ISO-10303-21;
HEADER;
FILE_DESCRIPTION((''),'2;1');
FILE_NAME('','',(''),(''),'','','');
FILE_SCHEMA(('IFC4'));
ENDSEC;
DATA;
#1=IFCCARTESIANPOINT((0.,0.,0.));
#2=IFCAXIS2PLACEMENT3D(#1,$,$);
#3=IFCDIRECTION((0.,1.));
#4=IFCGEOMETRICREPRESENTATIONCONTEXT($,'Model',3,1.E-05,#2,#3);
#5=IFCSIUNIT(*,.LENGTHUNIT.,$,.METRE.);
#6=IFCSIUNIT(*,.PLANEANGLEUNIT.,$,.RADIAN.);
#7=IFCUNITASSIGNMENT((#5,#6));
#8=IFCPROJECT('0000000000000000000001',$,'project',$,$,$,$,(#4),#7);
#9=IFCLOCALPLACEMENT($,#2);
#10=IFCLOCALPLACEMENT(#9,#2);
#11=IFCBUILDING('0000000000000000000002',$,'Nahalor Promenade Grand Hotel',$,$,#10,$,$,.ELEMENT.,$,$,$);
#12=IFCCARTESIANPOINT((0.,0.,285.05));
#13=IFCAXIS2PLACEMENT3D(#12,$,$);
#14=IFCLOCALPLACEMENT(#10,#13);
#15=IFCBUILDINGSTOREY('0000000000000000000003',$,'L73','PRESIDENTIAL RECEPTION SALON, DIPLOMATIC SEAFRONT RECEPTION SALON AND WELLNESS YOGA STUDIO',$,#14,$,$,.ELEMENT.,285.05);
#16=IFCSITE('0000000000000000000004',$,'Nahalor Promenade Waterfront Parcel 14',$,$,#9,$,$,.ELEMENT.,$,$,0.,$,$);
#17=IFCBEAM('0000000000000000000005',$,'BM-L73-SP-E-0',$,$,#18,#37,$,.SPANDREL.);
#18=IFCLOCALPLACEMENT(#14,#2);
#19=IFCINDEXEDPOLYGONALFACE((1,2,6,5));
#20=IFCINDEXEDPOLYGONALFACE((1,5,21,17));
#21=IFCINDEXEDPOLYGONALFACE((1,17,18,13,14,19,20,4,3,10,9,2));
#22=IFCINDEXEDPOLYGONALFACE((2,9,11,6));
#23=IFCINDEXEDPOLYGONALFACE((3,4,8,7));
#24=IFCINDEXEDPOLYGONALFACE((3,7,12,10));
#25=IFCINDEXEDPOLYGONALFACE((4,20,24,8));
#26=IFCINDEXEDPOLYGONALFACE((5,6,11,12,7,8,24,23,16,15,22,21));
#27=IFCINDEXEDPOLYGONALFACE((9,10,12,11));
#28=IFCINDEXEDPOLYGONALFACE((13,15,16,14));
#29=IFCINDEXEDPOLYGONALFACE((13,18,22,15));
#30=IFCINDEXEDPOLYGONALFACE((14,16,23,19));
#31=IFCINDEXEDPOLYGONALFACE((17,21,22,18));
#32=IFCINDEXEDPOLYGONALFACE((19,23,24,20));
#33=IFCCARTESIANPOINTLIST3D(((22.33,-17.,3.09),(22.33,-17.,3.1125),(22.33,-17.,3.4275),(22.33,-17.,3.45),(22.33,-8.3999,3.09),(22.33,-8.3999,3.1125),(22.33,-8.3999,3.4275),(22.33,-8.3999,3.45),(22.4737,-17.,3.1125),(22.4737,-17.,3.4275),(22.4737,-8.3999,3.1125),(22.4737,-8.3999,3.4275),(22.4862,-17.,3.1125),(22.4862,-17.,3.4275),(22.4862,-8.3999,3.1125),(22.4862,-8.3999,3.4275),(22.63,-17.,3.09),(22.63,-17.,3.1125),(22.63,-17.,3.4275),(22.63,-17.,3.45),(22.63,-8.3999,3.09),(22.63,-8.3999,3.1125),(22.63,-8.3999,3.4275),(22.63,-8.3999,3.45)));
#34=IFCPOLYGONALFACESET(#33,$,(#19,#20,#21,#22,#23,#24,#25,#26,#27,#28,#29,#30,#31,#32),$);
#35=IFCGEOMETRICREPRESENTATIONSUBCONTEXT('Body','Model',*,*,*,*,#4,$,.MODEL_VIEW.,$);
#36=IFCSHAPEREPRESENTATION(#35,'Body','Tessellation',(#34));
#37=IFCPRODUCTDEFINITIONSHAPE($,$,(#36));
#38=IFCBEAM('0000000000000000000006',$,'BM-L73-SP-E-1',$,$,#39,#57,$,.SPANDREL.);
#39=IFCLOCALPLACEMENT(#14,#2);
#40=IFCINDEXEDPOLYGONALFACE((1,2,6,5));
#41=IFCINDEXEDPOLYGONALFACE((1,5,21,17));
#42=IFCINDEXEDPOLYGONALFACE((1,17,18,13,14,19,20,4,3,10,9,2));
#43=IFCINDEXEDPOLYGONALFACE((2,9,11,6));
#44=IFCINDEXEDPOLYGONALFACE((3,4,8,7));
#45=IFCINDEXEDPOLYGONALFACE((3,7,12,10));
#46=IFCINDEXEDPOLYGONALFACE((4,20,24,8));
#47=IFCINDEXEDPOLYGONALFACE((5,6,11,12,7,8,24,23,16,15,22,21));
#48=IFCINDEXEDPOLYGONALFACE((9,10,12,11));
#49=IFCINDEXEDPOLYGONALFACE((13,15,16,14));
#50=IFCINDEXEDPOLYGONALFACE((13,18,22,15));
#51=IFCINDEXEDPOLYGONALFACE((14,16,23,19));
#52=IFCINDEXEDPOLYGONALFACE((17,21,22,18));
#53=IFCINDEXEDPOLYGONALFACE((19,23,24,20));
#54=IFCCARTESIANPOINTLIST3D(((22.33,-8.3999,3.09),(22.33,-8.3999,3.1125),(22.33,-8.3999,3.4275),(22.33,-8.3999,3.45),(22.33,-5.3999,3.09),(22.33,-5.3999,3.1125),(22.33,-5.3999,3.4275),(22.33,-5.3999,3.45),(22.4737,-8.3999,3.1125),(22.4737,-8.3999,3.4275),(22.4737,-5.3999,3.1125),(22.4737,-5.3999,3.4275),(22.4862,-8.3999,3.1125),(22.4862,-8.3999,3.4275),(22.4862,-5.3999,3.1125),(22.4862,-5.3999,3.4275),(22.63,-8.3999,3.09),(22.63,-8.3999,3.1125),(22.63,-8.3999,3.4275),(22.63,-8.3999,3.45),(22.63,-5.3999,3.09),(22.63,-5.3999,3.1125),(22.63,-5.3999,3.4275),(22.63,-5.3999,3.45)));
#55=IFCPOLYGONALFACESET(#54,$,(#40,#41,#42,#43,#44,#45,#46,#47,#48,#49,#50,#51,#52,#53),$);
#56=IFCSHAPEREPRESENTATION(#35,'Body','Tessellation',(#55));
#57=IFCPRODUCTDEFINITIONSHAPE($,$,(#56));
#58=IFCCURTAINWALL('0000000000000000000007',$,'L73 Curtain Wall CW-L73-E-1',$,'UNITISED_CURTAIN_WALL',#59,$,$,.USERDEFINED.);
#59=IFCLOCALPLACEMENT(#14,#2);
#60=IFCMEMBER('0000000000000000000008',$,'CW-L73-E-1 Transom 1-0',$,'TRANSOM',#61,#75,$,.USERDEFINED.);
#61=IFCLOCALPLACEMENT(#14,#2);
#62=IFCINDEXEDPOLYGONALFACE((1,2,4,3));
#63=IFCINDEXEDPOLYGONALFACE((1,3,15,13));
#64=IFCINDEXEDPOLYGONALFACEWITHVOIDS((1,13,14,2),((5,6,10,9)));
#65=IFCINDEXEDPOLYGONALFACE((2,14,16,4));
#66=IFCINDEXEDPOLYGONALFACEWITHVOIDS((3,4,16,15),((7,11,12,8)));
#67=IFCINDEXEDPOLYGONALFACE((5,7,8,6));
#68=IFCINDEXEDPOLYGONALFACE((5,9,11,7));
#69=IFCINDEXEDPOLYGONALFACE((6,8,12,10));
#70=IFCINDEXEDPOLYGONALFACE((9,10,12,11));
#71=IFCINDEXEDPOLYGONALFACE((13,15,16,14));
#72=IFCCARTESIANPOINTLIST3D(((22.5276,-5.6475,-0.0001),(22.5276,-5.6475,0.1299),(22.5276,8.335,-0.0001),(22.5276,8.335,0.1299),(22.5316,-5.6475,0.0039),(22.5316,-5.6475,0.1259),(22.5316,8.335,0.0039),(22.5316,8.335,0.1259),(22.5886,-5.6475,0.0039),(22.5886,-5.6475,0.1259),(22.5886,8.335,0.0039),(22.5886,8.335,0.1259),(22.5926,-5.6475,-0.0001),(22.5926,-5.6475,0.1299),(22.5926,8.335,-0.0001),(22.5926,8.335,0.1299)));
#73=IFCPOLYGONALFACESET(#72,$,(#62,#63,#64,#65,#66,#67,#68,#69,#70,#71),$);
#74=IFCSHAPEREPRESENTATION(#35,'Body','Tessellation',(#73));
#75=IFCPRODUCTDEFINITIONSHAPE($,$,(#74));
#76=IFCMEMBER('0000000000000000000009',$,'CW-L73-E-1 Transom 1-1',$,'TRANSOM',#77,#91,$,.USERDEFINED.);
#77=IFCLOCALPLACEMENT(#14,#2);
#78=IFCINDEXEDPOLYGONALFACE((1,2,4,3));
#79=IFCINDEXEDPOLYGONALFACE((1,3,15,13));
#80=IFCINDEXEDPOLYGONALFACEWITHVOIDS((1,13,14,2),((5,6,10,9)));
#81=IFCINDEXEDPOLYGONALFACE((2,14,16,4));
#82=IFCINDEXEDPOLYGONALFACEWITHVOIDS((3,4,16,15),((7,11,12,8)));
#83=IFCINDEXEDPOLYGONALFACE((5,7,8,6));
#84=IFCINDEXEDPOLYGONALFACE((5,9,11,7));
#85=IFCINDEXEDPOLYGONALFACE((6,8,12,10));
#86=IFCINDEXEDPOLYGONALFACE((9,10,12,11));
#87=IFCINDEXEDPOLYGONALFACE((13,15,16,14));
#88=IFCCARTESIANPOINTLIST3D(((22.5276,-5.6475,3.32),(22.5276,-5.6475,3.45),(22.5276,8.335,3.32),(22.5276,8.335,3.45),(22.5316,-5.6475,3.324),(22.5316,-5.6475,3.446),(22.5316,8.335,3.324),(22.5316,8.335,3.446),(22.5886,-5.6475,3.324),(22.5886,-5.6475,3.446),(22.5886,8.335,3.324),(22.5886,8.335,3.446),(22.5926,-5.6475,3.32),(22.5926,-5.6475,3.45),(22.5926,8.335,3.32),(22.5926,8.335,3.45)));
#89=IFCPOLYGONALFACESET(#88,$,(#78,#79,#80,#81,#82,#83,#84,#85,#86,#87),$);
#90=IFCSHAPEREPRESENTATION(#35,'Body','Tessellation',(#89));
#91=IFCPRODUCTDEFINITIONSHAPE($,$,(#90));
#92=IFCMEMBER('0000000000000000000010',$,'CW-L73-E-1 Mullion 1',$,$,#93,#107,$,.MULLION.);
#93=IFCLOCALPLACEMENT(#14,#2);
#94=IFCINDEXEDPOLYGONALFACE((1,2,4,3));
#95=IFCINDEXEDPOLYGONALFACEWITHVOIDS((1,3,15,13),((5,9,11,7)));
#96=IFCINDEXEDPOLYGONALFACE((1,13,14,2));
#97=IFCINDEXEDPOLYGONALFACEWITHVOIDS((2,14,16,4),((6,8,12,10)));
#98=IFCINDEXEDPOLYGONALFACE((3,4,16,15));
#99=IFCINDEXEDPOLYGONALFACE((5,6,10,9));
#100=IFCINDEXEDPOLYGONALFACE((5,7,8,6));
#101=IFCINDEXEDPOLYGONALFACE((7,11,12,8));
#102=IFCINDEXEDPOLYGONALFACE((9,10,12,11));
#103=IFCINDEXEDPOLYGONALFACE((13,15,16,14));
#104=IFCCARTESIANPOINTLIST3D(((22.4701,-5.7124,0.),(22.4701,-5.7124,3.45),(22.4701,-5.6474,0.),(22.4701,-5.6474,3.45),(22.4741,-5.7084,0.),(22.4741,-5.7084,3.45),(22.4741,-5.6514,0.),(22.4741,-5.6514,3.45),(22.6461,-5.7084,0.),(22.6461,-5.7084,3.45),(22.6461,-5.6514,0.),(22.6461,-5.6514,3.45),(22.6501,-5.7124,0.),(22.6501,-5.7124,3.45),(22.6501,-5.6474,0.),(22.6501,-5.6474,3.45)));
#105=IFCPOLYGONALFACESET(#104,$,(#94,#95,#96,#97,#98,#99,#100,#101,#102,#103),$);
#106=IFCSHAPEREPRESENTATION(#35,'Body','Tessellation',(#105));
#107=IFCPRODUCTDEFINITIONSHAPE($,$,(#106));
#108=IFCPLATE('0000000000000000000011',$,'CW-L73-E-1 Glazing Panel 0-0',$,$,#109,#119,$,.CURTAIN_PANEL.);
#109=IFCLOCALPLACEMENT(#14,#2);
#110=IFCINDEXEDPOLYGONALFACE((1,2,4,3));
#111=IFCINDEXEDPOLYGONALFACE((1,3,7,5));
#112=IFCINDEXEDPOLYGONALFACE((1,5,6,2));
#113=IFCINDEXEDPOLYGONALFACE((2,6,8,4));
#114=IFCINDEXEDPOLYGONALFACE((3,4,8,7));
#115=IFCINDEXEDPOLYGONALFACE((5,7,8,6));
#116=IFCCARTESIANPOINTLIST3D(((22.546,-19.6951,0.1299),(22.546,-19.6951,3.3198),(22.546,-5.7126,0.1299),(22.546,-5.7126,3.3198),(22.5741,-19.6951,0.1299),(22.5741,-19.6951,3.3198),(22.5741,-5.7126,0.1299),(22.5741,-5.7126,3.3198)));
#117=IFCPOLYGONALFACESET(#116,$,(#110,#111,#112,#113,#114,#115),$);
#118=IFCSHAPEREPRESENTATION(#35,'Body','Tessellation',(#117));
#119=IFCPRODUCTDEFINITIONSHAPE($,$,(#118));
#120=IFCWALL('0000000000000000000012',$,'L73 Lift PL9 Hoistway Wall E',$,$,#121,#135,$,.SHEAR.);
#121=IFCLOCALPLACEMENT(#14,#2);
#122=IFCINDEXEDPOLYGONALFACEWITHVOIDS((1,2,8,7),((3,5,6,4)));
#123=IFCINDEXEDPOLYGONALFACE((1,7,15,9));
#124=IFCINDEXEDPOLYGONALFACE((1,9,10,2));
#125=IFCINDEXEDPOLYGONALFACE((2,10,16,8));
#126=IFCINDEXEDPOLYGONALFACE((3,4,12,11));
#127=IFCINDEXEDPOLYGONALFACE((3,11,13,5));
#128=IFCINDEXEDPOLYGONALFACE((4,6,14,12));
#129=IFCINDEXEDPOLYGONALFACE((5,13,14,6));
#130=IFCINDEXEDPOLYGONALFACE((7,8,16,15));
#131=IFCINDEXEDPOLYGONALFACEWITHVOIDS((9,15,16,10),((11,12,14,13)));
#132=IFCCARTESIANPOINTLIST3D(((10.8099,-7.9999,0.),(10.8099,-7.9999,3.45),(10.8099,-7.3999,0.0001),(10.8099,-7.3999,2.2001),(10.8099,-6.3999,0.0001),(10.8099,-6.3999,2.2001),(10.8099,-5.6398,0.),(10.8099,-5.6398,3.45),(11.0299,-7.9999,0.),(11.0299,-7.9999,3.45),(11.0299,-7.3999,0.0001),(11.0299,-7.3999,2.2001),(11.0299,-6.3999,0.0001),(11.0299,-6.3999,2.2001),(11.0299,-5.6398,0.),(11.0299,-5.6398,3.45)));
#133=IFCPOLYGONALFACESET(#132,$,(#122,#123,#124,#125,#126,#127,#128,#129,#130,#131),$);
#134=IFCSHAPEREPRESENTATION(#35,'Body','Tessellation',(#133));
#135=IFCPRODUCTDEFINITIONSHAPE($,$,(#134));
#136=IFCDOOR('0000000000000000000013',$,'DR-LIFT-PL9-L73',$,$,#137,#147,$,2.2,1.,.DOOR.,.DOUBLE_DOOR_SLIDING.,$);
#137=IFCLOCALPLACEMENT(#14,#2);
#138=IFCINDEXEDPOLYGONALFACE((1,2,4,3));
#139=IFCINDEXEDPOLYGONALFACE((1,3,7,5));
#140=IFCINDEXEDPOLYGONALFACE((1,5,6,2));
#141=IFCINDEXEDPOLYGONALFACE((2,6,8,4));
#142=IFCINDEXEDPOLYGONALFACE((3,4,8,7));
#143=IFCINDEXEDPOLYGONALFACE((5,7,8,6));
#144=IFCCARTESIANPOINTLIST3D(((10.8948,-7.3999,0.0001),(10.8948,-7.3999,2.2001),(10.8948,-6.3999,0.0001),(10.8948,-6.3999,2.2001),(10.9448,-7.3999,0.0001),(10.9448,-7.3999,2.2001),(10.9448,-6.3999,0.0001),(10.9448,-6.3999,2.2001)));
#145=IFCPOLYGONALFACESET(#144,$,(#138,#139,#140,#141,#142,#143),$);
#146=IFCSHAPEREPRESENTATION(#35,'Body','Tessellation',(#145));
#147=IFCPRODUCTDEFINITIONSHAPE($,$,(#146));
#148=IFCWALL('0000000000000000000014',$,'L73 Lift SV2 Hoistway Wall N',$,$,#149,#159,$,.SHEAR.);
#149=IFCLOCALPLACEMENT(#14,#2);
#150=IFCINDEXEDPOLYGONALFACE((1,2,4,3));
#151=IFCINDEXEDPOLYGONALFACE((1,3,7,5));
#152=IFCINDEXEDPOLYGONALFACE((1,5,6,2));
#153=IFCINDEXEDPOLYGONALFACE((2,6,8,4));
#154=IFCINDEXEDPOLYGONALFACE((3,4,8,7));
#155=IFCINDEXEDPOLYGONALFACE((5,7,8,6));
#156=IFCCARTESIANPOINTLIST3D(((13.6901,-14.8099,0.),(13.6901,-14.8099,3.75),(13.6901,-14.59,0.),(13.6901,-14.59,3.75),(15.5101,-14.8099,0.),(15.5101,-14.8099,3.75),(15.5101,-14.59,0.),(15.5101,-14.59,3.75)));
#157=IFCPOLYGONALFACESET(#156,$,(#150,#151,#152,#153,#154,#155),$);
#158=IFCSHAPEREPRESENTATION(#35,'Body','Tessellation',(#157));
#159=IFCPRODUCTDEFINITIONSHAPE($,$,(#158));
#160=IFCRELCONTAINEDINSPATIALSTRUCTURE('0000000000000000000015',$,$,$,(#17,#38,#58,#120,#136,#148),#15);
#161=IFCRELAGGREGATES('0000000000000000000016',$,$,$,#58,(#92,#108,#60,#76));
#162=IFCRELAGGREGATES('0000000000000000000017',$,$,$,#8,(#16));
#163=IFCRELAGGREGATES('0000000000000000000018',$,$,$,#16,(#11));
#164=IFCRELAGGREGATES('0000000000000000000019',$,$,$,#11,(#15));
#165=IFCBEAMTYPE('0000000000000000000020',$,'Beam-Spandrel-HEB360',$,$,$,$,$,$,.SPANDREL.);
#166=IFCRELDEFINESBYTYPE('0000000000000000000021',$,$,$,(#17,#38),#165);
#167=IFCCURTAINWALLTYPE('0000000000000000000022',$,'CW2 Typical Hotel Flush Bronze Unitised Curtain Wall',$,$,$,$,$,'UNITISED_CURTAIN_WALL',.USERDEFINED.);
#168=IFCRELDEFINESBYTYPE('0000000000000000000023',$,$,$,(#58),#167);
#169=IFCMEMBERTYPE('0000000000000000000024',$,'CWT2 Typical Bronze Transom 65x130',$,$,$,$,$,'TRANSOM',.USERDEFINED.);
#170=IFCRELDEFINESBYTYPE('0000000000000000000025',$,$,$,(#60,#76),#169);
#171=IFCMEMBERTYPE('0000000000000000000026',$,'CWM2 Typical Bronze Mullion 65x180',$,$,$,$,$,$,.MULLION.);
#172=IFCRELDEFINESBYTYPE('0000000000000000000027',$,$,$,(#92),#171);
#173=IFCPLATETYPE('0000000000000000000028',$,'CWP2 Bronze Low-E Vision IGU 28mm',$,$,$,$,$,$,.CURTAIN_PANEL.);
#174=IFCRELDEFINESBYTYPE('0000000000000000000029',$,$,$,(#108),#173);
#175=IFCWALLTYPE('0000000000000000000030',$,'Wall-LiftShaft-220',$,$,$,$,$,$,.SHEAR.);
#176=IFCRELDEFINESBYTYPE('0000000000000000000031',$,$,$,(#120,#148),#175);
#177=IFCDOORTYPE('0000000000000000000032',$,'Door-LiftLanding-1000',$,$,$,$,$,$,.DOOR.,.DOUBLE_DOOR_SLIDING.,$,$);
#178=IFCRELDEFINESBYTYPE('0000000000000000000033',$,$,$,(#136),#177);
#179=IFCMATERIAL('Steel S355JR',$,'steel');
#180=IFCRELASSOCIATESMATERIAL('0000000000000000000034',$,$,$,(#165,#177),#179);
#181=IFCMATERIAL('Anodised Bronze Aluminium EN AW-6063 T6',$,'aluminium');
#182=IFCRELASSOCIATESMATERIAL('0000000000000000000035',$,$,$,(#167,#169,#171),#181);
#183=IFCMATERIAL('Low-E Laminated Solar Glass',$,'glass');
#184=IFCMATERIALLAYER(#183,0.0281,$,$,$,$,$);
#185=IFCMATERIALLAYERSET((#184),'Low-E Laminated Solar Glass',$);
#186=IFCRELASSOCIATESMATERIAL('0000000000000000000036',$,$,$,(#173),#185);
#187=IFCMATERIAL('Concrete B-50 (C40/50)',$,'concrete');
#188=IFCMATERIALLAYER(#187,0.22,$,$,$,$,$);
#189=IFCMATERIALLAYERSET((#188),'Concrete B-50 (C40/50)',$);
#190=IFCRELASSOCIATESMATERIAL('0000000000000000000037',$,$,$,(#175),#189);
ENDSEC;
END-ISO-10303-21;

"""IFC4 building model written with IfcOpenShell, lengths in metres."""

from ifc_helpers import new_model, si_unit, direction, frame, frame_2d, origin, origin_2d, place, context, subcontext, project, spatial, rectangle, hollow_rectangle, i_section, extrude, source, transform, mapped, material, layer, layer_set, material_profile, profile_set, type_object, element, fill, aggregate, save


model = new_model("IFC4")

# Units and contexts
model_context = context("Model", 3, precision=1e-05, world=origin(), true_north=direction((0.0, 1.0)))
body_context = subcontext(model_context, "Body", "Model", "MODEL_VIEW")
ifc_project = project(units=[si_unit("LENGTHUNIT", "METRE"), si_unit("PLANEANGLEUNIT", "RADIAN")], contexts=[model_context])

# Site, building, storey
site_placement = place(None, origin())
site = spatial("IfcSite", under=ifc_project, at=site_placement, Name="Nahalor Promenade Waterfront Parcel 14", CompositionType="ELEMENT", RefElevation=0.0)
building_placement = place(site_placement, origin())
building = spatial("IfcBuilding", under=site, at=building_placement, Name="Nahalor Promenade Grand Hotel", CompositionType="ELEMENT")
storey_placement = place(building_placement, frame((0.0, 0.0, 285.05)))
storey = spatial("IfcBuildingStorey", under=building, at=storey_placement, Name="L73", Description="PRESIDENTIAL RECEPTION SALON, DIPLOMATIC SEAFRONT RECEPTION SALON AND WELLNESS YOGA STUDIO", CompositionType="ELEMENT", Elevation=285.05)

# Shared definitions
ifc_material_1 = material(Name="Steel S355JR", Category="steel")

# Beams
ifc_material_profile_1 = material_profile(ifc_material_1, i_section(OverallWidth=0.3, OverallDepth=0.36, WebThickness=0.0125, FlangeThickness=0.0225, at=origin_2d()), Name="HEB 360")
ifc_profile_set_1 = profile_set([ifc_material_profile_1], Name="Steel S355JR")
beam_type_1 = type_object("IfcBeamType", Name="Beam-Spandrel-HEB360", PredefinedType="SPANDREL", material=ifc_profile_set_1)
shared_shape_1 = source(origin(), body_context, "Body", "SweptSolid", [
    extrude(i_section(OverallWidth=0.3, OverallDepth=0.36, WebThickness=0.0125, FlangeThickness=0.0225, at=origin_2d()), origin(), (0.0, 0.0, 1.0), 8.6001),
])
beam_1_placement = place(storey_placement, frame((22.48, -17.0, 3.27), z_axis=(0.0, 1.0, 0.0), x_axis=(-1.0, 0.0, 0.0)))
element("IfcBeam", 1, at=beam_1_placement, inside=storey, type_object=beam_type_1, Name="BM-L73-SP-E-0", PredefinedType="SPANDREL", context=body_context, shape_type="MappedRepresentation", body=[
    mapped(shared_shape_1, transform((0.0, 0.0, 0.0), scale=1.0)),
])
shared_shape_2 = source(origin(), body_context, "Body", "SweptSolid", [
    extrude(i_section(OverallWidth=0.3, OverallDepth=0.36, WebThickness=0.0125, FlangeThickness=0.0225, at=origin_2d()), origin(), (0.0, 0.0, 1.0), 3.0),
])
beam_2_placement = place(storey_placement, frame((22.48, -8.3999, 3.27), z_axis=(0.0, 1.0, 0.0), x_axis=(-1.0, 0.0, 0.0)))
element("IfcBeam", 2, at=beam_2_placement, inside=storey, type_object=beam_type_1, Name="BM-L73-SP-E-1", PredefinedType="SPANDREL", context=body_context, shape_type="MappedRepresentation", body=[
    mapped(shared_shape_2, transform((0.0, 0.0, 0.0), scale=1.0)),
])

# Curtain wall, members, plate
ifc_material_2 = material(Name="Anodised Bronze Aluminium EN AW-6063 T6", Category="aluminium")
curtain_wall_type = type_object("IfcCurtainWallType", Name="CW2 Typical Hotel Flush Bronze Unitised Curtain Wall", ElementType="UNITISED_CURTAIN_WALL", PredefinedType="USERDEFINED", material=ifc_material_2)
curtain_wall_placement = place(storey_placement, origin())
curtain_wall = element("IfcCurtainWall", 3, at=curtain_wall_placement, inside=storey, type_object=curtain_wall_type, Name="L73 Curtain Wall CW-L73-E-1", ObjectType="UNITISED_CURTAIN_WALL", PredefinedType="USERDEFINED")
ifc_material_profile_2 = material_profile(ifc_material_2, hollow_rectangle(XDim=0.065, YDim=0.13, WallThickness=0.004, at=origin_2d()), Name="CWT 65x130x4")
ifc_profile_set_2 = profile_set([ifc_material_profile_2], Name="Anodised Bronze Aluminium EN AW-6063 T6")
member_type_1 = type_object("IfcMemberType", Name="CWT2 Typical Bronze Transom 65x130", ElementType="TRANSOM", PredefinedType="USERDEFINED", material=ifc_profile_set_2)
shared_shape_3 = source(origin(), body_context, "Body", "SweptSolid", [
    extrude(hollow_rectangle(XDim=0.065, YDim=0.13, WallThickness=0.004, at=origin_2d()), origin(), (0.0, 0.0, 1.0), 13.9824),
])
member_1_placement = place(storey_placement, frame((22.5601, -5.6475, 0.0649), z_axis=(0.0, 1.0, 0.0), x_axis=(-1.0, 0.0, 0.0)))
member_1 = element("IfcMember", 4, at=member_1_placement, type_object=member_type_1, Name="CW-L73-E-1 Transom 1-0", ObjectType="TRANSOM", PredefinedType="USERDEFINED", context=body_context, shape_type="MappedRepresentation", body=[
    mapped(shared_shape_3, transform((0.0, 0.0, 0.0), scale=1.0)),
])
member_2_placement = place(storey_placement, frame((22.5601, -5.6475, 3.385), z_axis=(0.0, 1.0, 0.0), x_axis=(-1.0, 0.0, 0.0)))
member_2 = element("IfcMember", 5, at=member_2_placement, type_object=member_type_1, Name="CW-L73-E-1 Transom 1-1", ObjectType="TRANSOM", PredefinedType="USERDEFINED", context=body_context, shape_type="MappedRepresentation", body=[
    mapped(shared_shape_3, transform((0.0, 0.0, 0.0), scale=1.0)),
])
ifc_material_profile_3 = material_profile(ifc_material_2, hollow_rectangle(XDim=0.065, YDim=0.18, WallThickness=0.004, at=origin_2d()), Name="CWM 65x180x4")
ifc_profile_set_3 = profile_set([ifc_material_profile_3], Name="Anodised Bronze Aluminium EN AW-6063 T6")
member_type_2 = type_object("IfcMemberType", Name="CWM2 Typical Bronze Mullion 65x180", PredefinedType="MULLION", material=ifc_profile_set_3)
shared_shape_4 = source(origin(), body_context, "Body", "SweptSolid", [
    extrude(hollow_rectangle(XDim=0.065, YDim=0.18, WallThickness=0.004, at=origin_2d()), origin(), (0.0, 0.0, 1.0), 3.45),
])
member_3_placement = place(storey_placement, frame((22.5601, -5.6799, 0.0), z_axis=(0.0, 0.0, 1.0), x_axis=(0.0, 1.0, 0.0)))
member_3 = element("IfcMember", 6, at=member_3_placement, type_object=member_type_2, Name="CW-L73-E-1 Mullion 1", PredefinedType="MULLION", context=body_context, shape_type="MappedRepresentation", body=[
    mapped(shared_shape_4, transform((0.0, 0.0, 0.0), scale=1.0)),
])
ifc_material_3 = material(Name="Low-E Laminated Solar Glass", Category="glass")
ifc_layer_1 = layer(ifc_material_3, 0.0281)
ifc_layer_set_1 = layer_set([ifc_layer_1], Name="Low-E Laminated Solar Glass")
plate_type = type_object("IfcPlateType", Name="CWP2 Bronze Low-E Vision IGU 28mm", PredefinedType="CURTAIN_PANEL", material=ifc_layer_set_1)
shared_shape_5 = source(origin(), body_context, "Body", "SweptSolid", [
    extrude(rectangle(XDim=13.9824, YDim=0.0281, at=origin_2d()), origin(), (0.0, 0.0, 1.0), 3.1899),
])
plate_placement = place(storey_placement, frame((22.5601, -12.7039, 0.1299), z_axis=(0.0, 0.0, 1.0), x_axis=(0.0, 1.0, 0.0)))
plate = element("IfcPlate", 7, at=plate_placement, type_object=plate_type, Name="CW-L73-E-1 Glazing Panel 0-0", PredefinedType="CURTAIN_PANEL", context=body_context, shape_type="MappedRepresentation", body=[
    mapped(shared_shape_5, transform((0.0, 0.0, 0.0), scale=1.0)),
])
aggregate(curtain_wall, [member_3, plate, member_1, member_2])

# Wall, opening, door
ifc_material_4 = material(Name="Concrete B-50 (C40/50)", Category="concrete")
ifc_layer_2 = layer(ifc_material_4, 0.22)
ifc_layer_set_2 = layer_set([ifc_layer_2], Name="Concrete B-50 (C40/50)")
wall_type_1 = type_object("IfcWallType", Name="Wall-LiftShaft-220", PredefinedType="SHEAR", material=ifc_layer_set_2)
shared_shape_6 = source(origin(), body_context, "Body", "SweptSolid", [
    extrude(rectangle(XDim=2.3601, YDim=0.22, at=frame_2d((1.1802, 0.0))), origin(), (0.0, 0.0, 1.0), 3.45),
])
wall_1_placement = place(storey_placement, frame((10.9199, -8.0, 0.0), z_axis=(0.0, 0.0, 1.0), x_axis=(0.0, 1.0, 0.0)))
wall_1 = element("IfcWall", 8, at=wall_1_placement, inside=storey, type_object=wall_type_1, Name="L73 Lift PL9 Hoistway Wall E", PredefinedType="SHEAR", context=body_context, shape_type="MappedRepresentation", body=[
    mapped(shared_shape_6, transform((0.0, 0.0, 0.0), scale=1.0)),
])
opening_1_placement = place(wall_1_placement, frame((0.6001, 0.0, 0.0)))
opening_1 = element("IfcOpeningElement", 9, at=opening_1_placement, cuts=wall_1, PredefinedType="OPENING", context=body_context, shape_type="SweptSolid", body=[
    extrude(rectangle(XDim=1.0, YDim=2.2, at=frame_2d((0.5, 1.1001))), frame((0.0, 0.1199, 0.0), z_axis=(0.0, -1.0, 0.0), x_axis=(1.0, 0.0, 0.0)), (0.0, 0.0, 1.0), 0.24),
])
door_type_1 = type_object("IfcDoorType", Name="Door-LiftLanding-1000", OperationType="DOUBLE_DOOR_SLIDING", PredefinedType="DOOR", material=ifc_material_1)
shared_shape_7 = source(origin(), body_context, "Body", "SweptSolid", [
    extrude(rectangle(XDim=1.0, YDim=2.2, at=frame_2d((0.5, 1.1001))), frame((0.0, 0.0249, 0.0), z_axis=(0.0, -1.0, 0.0), x_axis=(1.0, 0.0, 0.0)), (0.0, 0.0, 1.0), 0.05),
])
door_1_placement = place(opening_1_placement, frame((1.0, 0.0, 0.0), z_axis=(0.0, 0.0, 1.0), x_axis=(-1.0, 0.0, 0.0)))
door_1 = element("IfcDoor", 10, at=door_1_placement, inside=storey, type_object=door_type_1, Name="DR-LIFT-PL9-L73", OperationType="DOUBLE_DOOR_SLIDING", OverallHeight=2.2, OverallWidth=1.0, PredefinedType="DOOR", context=body_context, shape_type="MappedRepresentation", body=[
    mapped(shared_shape_7, transform((0.0, 0.0, 0.0), scale=1.0)),
])
fill(opening_1, door_1)

# Wall
shared_shape_8 = source(origin(), body_context, "Body", "SweptSolid", [
    extrude(rectangle(XDim=1.8201, YDim=0.22, at=frame_2d((0.9102, 0.0))), origin(), (0.0, 0.0, 1.0), 3.75),
])
wall_2_placement = place(storey_placement, frame((13.6899, -14.7, 0.0), z_axis=(0.0, 0.0, 1.0), x_axis=(1.0, 0.0, 0.0)))
element("IfcWall", 11, at=wall_2_placement, inside=storey, type_object=wall_type_1, Name="L73 Lift SV2 Hoistway Wall N", PredefinedType="SHEAR", context=body_context, shape_type="MappedRepresentation", body=[
    mapped(shared_shape_8, transform((0.0, 0.0, 0.0), scale=1.0)),
])

save(model, "model.ifc")
